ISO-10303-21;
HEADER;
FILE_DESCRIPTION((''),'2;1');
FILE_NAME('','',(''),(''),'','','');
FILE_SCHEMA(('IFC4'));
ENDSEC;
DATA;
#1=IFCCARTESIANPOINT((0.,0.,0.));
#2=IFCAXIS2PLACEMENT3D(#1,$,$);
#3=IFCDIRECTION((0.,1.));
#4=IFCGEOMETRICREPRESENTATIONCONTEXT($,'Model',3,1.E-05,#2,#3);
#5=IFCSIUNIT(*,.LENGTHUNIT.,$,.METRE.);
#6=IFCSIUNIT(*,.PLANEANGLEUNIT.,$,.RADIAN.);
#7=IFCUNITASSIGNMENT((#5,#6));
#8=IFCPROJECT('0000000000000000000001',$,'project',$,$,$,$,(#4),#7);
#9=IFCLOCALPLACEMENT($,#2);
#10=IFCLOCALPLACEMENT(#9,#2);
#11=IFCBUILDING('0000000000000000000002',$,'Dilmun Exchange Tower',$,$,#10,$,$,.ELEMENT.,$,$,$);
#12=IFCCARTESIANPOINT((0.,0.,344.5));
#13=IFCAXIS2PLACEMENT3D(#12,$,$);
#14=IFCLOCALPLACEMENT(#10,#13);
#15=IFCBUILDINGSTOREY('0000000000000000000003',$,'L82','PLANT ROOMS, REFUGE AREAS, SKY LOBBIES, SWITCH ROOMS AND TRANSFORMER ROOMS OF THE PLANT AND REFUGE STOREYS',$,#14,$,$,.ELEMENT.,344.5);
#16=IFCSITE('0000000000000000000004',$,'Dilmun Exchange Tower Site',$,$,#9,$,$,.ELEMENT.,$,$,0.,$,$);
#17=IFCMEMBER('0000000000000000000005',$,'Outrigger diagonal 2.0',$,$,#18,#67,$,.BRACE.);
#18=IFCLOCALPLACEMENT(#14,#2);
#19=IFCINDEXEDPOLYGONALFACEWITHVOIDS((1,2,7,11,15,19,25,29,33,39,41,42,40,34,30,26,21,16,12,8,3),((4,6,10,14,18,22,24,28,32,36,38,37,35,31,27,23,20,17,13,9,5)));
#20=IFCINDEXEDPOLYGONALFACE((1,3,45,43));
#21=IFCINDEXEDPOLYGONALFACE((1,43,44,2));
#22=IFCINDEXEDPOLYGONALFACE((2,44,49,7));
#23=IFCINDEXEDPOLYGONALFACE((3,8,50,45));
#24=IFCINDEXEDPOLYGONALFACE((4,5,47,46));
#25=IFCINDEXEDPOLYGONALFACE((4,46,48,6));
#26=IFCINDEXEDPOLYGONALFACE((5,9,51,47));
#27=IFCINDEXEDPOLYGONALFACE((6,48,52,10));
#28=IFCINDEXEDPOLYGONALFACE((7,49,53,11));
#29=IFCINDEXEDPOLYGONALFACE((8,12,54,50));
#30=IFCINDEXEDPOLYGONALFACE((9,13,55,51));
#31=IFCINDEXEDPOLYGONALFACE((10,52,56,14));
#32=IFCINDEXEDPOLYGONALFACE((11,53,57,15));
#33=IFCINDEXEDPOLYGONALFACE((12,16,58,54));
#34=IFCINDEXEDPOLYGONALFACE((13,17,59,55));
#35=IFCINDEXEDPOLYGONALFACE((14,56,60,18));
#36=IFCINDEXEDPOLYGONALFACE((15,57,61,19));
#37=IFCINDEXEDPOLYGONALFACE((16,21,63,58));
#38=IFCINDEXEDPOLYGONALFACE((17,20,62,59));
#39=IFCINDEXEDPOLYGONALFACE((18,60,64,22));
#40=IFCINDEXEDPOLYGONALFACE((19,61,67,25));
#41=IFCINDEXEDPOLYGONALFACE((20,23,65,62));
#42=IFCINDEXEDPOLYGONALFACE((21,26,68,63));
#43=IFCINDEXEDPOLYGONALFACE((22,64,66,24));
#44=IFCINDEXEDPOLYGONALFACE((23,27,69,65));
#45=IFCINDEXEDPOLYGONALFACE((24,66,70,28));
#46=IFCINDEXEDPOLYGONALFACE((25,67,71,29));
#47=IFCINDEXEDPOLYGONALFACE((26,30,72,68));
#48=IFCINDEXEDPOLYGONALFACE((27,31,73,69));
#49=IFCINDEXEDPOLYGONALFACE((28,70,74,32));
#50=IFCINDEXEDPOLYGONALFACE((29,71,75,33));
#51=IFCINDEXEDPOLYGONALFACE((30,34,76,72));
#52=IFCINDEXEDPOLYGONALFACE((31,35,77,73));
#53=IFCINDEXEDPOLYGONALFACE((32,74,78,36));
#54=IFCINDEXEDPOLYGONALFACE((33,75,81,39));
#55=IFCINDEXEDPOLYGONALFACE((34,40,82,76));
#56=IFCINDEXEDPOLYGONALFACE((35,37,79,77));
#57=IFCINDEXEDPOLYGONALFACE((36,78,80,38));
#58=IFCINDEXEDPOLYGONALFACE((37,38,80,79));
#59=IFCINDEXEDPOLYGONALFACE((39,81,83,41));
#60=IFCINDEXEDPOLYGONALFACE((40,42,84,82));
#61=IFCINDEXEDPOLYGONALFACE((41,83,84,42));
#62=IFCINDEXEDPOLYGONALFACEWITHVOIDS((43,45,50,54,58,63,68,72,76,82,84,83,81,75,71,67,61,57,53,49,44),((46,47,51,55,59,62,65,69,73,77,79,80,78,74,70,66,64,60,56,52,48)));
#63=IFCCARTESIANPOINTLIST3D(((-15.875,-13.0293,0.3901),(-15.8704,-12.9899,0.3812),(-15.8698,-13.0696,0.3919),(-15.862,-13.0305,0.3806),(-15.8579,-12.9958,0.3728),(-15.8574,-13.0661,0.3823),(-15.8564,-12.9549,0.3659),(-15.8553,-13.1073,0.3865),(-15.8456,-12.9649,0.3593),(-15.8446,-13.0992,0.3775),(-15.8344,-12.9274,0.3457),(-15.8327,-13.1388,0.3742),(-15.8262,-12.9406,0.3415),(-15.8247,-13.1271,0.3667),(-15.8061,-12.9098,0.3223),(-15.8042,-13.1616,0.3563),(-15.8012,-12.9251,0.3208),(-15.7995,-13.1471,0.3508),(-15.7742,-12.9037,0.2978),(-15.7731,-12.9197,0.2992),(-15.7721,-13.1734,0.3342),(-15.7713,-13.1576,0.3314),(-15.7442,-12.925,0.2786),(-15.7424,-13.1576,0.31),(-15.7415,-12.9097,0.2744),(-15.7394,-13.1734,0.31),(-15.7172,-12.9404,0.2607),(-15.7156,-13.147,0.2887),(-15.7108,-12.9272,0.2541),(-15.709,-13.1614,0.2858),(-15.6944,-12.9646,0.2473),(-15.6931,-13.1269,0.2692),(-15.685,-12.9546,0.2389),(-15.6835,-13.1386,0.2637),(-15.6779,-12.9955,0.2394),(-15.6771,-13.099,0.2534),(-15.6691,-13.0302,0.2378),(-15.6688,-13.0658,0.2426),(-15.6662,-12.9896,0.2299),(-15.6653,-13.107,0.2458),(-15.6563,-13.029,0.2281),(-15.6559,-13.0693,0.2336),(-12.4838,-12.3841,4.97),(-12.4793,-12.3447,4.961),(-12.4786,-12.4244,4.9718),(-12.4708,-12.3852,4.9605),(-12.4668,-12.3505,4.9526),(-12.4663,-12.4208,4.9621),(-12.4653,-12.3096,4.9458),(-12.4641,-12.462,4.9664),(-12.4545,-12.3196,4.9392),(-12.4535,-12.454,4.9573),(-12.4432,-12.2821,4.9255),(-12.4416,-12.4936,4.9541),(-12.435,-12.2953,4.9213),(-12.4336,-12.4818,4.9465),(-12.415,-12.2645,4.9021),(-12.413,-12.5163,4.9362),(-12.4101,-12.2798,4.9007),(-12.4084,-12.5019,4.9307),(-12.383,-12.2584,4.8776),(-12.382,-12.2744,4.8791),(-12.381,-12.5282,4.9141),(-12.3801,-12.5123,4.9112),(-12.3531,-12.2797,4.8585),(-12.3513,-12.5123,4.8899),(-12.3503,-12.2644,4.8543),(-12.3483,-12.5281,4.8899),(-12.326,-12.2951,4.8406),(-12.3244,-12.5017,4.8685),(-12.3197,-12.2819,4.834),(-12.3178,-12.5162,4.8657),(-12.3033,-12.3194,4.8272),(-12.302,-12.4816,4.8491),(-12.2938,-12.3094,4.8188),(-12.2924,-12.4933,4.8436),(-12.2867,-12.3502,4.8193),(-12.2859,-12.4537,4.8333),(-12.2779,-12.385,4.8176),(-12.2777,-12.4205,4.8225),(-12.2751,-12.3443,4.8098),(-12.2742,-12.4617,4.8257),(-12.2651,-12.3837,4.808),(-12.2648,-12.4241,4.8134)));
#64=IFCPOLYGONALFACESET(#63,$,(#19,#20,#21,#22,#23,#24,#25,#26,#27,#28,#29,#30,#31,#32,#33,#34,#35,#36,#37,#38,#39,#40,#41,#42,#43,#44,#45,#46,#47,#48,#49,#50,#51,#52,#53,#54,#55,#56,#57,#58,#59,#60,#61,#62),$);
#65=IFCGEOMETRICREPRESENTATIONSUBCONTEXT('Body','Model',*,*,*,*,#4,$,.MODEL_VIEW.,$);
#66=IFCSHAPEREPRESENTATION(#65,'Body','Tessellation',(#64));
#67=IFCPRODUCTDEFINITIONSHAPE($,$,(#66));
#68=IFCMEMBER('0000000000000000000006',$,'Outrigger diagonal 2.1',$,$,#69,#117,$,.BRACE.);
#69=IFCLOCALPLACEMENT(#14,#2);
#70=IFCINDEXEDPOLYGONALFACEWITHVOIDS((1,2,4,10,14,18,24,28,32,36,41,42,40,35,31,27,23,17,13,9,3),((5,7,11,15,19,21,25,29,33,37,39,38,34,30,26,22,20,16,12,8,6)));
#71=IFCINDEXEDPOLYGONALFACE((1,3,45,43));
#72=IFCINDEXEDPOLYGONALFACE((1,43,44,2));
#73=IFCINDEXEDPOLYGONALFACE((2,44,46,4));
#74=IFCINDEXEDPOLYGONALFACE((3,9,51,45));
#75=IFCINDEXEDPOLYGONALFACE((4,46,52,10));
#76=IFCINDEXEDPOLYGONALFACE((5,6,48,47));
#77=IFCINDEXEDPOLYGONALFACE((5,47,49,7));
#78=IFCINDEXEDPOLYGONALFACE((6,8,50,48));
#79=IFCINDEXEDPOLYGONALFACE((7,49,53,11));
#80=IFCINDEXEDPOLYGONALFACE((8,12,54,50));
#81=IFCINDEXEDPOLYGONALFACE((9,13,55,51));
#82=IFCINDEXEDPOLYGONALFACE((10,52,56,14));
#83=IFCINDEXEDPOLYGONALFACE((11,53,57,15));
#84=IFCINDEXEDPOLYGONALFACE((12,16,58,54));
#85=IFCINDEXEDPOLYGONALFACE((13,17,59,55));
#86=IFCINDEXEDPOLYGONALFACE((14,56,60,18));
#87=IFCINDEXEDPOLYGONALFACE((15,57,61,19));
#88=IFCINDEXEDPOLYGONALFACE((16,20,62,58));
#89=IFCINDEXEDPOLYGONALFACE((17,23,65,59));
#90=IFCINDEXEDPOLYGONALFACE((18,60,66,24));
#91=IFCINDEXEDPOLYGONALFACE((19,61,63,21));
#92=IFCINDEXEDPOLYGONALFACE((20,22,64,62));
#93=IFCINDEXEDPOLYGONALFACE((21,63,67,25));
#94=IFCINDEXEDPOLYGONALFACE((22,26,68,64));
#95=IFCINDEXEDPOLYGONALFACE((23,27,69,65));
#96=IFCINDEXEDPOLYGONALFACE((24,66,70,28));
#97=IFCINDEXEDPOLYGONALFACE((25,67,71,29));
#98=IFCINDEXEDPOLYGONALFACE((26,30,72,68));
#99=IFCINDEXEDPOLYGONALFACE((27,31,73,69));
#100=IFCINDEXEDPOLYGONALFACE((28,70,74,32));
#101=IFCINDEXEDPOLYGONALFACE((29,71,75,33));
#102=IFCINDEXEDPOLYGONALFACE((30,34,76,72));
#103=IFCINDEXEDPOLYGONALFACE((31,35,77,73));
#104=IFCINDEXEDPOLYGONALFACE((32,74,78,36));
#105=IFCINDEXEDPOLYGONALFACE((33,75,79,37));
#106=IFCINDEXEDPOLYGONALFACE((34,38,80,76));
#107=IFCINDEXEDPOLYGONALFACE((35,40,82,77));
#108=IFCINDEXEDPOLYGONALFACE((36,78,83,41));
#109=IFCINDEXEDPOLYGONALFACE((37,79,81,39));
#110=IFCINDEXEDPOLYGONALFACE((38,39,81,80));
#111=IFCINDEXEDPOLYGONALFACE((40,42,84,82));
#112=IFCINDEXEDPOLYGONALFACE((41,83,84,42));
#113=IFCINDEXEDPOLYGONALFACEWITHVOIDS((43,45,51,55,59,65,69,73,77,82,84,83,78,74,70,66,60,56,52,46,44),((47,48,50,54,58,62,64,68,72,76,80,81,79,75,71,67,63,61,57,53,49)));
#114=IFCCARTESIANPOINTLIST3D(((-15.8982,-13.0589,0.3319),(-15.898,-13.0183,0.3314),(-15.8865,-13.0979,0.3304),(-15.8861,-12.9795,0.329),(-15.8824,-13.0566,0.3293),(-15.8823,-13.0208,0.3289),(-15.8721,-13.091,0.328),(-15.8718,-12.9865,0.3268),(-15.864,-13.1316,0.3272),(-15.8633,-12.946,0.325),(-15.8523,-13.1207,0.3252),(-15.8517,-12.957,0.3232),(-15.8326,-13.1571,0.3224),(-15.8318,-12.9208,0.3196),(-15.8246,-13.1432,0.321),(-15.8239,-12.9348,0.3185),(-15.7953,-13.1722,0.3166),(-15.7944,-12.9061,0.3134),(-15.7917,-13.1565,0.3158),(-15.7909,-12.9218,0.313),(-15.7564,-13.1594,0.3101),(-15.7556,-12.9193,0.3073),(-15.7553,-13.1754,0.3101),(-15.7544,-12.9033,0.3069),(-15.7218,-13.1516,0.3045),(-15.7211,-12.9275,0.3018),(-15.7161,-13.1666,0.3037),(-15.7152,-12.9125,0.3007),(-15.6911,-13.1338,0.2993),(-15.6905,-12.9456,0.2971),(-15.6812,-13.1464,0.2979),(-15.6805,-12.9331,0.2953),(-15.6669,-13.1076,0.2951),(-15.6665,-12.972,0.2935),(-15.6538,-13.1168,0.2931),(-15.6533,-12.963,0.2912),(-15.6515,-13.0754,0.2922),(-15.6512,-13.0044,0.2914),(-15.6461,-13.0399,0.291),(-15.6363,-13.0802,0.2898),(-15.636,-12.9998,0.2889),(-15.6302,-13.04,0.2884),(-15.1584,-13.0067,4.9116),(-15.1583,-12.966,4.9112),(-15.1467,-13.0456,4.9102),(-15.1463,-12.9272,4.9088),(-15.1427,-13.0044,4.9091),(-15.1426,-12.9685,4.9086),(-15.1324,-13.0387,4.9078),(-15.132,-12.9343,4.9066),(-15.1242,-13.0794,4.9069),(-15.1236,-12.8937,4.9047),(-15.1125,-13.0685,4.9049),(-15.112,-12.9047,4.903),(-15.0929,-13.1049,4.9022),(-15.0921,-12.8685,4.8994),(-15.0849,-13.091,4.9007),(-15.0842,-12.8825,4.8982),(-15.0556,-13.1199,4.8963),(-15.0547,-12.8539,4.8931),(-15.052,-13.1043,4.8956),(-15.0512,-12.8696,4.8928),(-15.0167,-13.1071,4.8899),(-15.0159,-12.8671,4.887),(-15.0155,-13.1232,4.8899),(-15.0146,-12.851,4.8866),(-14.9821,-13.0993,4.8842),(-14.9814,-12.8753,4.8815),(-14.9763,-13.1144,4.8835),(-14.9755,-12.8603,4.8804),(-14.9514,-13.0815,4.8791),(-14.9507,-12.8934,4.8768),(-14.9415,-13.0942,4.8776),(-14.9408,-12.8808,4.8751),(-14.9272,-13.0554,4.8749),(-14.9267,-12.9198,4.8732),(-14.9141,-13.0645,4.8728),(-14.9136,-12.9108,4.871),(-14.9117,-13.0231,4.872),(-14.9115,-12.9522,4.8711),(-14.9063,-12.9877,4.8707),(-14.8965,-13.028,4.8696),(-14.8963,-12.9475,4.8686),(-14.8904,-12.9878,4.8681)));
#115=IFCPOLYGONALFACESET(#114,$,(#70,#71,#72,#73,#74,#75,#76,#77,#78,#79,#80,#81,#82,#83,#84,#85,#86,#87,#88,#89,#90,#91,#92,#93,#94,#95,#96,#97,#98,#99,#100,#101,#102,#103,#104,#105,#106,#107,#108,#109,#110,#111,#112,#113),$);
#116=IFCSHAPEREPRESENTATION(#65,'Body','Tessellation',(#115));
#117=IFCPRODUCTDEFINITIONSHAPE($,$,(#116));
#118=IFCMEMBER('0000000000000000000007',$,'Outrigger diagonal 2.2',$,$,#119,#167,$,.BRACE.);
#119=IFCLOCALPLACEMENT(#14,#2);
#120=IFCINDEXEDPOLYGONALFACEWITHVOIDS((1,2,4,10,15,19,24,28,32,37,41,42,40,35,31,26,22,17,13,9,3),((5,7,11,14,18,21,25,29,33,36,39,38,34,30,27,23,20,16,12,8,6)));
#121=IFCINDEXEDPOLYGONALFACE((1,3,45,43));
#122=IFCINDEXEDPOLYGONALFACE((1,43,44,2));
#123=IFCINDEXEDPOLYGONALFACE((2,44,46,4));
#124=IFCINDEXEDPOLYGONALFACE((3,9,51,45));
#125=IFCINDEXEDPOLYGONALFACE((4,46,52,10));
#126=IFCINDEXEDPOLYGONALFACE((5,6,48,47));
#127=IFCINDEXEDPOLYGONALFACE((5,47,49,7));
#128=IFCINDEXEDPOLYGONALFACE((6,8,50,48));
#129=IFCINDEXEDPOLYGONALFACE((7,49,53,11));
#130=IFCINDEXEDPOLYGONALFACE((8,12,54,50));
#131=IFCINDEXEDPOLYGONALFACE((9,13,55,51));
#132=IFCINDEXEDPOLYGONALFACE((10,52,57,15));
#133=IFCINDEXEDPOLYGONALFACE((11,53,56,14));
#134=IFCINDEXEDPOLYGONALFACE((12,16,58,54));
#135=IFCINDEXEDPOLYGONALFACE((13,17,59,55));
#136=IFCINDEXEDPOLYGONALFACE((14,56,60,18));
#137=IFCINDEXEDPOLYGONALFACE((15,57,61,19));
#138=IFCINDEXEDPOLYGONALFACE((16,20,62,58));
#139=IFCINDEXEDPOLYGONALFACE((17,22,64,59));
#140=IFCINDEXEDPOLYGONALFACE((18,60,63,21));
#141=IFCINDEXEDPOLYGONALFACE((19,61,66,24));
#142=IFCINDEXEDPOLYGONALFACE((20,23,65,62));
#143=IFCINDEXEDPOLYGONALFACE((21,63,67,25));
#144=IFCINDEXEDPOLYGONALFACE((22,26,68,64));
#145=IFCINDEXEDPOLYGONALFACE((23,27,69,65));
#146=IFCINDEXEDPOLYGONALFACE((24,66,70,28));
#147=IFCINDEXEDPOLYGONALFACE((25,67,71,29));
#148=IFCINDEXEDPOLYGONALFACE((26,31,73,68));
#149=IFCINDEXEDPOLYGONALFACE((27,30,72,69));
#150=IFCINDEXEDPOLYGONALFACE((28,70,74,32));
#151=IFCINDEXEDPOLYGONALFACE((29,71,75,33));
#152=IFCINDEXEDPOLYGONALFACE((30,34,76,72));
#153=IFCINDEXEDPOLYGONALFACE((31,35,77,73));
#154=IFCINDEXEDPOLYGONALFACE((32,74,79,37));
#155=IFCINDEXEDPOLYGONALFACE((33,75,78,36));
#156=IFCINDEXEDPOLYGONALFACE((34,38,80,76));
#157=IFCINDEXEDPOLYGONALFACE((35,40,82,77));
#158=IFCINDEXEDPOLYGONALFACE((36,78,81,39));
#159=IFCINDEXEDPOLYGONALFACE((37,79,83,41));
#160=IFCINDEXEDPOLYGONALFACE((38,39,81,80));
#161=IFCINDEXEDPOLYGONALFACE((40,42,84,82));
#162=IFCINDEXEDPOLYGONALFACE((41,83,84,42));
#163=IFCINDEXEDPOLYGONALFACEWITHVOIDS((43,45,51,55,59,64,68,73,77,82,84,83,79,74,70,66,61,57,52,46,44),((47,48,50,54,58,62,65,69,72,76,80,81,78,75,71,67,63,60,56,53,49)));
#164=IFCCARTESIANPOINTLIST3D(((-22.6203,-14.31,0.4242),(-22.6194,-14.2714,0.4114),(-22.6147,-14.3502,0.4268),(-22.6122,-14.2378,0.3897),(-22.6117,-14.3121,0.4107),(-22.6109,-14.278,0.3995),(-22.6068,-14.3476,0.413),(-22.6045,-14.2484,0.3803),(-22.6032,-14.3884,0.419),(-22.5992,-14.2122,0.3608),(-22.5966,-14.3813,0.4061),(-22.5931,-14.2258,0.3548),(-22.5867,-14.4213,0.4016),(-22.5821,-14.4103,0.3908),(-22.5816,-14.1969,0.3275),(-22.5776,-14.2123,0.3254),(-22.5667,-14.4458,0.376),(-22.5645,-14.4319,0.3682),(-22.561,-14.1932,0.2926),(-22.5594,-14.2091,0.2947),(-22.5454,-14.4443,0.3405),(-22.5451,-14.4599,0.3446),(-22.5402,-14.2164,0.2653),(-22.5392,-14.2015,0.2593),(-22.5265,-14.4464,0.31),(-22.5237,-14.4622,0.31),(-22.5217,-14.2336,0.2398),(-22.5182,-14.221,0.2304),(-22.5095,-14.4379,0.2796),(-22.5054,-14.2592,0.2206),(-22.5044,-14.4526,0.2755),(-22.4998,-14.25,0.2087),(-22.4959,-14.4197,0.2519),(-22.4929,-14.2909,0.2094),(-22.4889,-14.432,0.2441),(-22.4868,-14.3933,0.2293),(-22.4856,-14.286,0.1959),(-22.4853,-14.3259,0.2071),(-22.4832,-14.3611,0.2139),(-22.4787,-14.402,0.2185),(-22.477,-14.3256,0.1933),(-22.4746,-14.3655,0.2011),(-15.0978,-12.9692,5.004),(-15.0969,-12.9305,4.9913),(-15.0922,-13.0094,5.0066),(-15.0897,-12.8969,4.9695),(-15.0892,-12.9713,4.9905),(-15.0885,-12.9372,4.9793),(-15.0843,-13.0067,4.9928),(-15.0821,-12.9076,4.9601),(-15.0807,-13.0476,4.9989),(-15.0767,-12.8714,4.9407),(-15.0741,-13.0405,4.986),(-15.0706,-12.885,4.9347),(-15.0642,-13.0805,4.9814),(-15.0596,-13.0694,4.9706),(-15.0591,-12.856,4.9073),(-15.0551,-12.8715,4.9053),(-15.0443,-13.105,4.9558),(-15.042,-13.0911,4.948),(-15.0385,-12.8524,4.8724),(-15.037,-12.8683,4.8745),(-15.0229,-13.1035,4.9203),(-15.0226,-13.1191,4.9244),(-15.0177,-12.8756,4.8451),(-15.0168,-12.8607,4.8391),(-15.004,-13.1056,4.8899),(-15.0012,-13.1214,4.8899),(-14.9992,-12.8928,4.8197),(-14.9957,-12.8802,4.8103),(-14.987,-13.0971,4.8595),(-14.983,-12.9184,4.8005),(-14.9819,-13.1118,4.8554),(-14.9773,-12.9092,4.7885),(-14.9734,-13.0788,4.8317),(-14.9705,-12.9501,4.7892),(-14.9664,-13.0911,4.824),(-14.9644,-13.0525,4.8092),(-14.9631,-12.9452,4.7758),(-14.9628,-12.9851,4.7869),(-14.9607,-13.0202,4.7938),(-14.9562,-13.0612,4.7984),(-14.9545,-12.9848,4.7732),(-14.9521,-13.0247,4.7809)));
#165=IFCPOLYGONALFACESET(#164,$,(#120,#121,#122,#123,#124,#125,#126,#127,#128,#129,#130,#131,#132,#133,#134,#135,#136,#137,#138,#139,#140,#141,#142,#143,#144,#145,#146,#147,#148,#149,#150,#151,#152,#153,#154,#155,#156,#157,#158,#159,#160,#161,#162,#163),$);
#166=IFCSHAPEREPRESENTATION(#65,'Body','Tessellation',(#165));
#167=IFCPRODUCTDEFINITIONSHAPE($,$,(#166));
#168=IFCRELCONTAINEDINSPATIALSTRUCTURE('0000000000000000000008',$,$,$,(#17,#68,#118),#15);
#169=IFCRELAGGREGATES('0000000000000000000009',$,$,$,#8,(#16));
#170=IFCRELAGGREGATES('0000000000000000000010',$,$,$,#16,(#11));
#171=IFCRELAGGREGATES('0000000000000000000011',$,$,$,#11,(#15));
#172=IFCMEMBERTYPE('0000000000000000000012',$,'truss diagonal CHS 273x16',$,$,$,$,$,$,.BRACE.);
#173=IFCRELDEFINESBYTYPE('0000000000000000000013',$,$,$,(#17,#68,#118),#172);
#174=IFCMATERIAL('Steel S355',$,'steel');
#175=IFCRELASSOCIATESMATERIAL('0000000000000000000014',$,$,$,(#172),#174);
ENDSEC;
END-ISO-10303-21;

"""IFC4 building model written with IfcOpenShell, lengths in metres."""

from ifc_helpers import new_model, si_unit, direction, frame, origin, origin_2d, place, context, subcontext, project, spatial, hollow_circle, extrude, material, material_profile, profile_set, type_object, element, save


model = new_model("IFC4")

# Units and contexts
model_context = context("Model", 3, precision=1e-05, world=origin(), true_north=direction((0.0, 1.0)))
body_context = subcontext(model_context, "Body", "Model", "MODEL_VIEW")
ifc_project = project(units=[si_unit("LENGTHUNIT", "METRE"), si_unit("PLANEANGLEUNIT", "RADIAN")], contexts=[model_context])

# Site, building, storey
site_placement = place(None, origin())
site = spatial("IfcSite", under=ifc_project, at=site_placement, Name="Dilmun Exchange Tower Site", CompositionType="ELEMENT", RefElevation=0.0)
building_placement = place(site_placement, origin())
building = spatial("IfcBuilding", under=site, at=building_placement, Name="Dilmun Exchange Tower", CompositionType="ELEMENT")
storey_placement = place(building_placement, frame((0.0, 0.0, 344.5)))
storey = spatial("IfcBuildingStorey", under=building, at=storey_placement, Name="L82", Description="PLANT ROOMS, REFUGE AREAS, SKY LOBBIES, SWITCH ROOMS AND TRANSFORMER ROOMS OF THE PLANT AND REFUGE STOREYS", CompositionType="ELEMENT", Elevation=344.5)

# Shared definitions
ifc_material_1 = material(Name="Steel S355", Category="steel")

# Members
ifc_material_profile_1 = material_profile(ifc_material_1, hollow_circle(Radius=0.1365, WallThickness=0.0161, at=origin_2d()), Name="CHS 273x16")
ifc_profile_set_1 = profile_set([ifc_material_profile_1], Name="Steel S355")
member_type_1 = type_object("IfcMemberType", Name="truss diagonal CHS 273x16", PredefinedType="BRACE", material=ifc_profile_set_1)
member_1_placement = place(storey_placement, frame((-12.3738, -12.394, 4.8899), z_axis=(-0.591295, -0.112512, -0.798568), x_axis=(0.186927, -0.982374, 0.0)))
element("IfcMember", 1, at=member_1_placement, inside=storey, type_object=member_type_1, Name="Outrigger diagonal 2.0", PredefinedType="BRACE", context=body_context, shape_type="SweptSolid", body=[
    extrude(hollow_circle(Radius=0.1365, WallThickness=0.0161, at=origin_2d()), origin(), (0.0, 0.0, 1.0), 5.7351),
])
member_2_placement = place(storey_placement, frame((-15.0251, -12.9871, 4.8899), z_axis=(-0.159446, -0.011261, -0.987142), x_axis=(0.070452, -0.997515, 0.0)))
element("IfcMember", 2, at=member_2_placement, inside=storey, type_object=member_type_1, Name="Outrigger diagonal 2.1", PredefinedType="BRACE", context=body_context, shape_type="SweptSolid", body=[
    extrude(hollow_circle(Radius=0.1365, WallThickness=0.0161, at=origin_2d()), origin(), (0.0, 0.0, 1.0), 4.6394),
])
member_3_placement = place(storey_placement, frame((-15.0251, -12.9871, 4.8899), z_axis=(-0.844421, -0.150511, -0.514101), x_axis=(0.175477, -0.984484, 0.0)))
element("IfcMember", 3, at=member_3_placement, inside=storey, type_object=member_type_1, Name="Outrigger diagonal 2.2", PredefinedType="BRACE", context=body_context, shape_type="SweptSolid", body=[
    extrude(hollow_circle(Radius=0.1365, WallThickness=0.0161, at=origin_2d()), origin(), (0.0, 0.0, 1.0), 8.9084),
])

save(model, "model.ifc")
